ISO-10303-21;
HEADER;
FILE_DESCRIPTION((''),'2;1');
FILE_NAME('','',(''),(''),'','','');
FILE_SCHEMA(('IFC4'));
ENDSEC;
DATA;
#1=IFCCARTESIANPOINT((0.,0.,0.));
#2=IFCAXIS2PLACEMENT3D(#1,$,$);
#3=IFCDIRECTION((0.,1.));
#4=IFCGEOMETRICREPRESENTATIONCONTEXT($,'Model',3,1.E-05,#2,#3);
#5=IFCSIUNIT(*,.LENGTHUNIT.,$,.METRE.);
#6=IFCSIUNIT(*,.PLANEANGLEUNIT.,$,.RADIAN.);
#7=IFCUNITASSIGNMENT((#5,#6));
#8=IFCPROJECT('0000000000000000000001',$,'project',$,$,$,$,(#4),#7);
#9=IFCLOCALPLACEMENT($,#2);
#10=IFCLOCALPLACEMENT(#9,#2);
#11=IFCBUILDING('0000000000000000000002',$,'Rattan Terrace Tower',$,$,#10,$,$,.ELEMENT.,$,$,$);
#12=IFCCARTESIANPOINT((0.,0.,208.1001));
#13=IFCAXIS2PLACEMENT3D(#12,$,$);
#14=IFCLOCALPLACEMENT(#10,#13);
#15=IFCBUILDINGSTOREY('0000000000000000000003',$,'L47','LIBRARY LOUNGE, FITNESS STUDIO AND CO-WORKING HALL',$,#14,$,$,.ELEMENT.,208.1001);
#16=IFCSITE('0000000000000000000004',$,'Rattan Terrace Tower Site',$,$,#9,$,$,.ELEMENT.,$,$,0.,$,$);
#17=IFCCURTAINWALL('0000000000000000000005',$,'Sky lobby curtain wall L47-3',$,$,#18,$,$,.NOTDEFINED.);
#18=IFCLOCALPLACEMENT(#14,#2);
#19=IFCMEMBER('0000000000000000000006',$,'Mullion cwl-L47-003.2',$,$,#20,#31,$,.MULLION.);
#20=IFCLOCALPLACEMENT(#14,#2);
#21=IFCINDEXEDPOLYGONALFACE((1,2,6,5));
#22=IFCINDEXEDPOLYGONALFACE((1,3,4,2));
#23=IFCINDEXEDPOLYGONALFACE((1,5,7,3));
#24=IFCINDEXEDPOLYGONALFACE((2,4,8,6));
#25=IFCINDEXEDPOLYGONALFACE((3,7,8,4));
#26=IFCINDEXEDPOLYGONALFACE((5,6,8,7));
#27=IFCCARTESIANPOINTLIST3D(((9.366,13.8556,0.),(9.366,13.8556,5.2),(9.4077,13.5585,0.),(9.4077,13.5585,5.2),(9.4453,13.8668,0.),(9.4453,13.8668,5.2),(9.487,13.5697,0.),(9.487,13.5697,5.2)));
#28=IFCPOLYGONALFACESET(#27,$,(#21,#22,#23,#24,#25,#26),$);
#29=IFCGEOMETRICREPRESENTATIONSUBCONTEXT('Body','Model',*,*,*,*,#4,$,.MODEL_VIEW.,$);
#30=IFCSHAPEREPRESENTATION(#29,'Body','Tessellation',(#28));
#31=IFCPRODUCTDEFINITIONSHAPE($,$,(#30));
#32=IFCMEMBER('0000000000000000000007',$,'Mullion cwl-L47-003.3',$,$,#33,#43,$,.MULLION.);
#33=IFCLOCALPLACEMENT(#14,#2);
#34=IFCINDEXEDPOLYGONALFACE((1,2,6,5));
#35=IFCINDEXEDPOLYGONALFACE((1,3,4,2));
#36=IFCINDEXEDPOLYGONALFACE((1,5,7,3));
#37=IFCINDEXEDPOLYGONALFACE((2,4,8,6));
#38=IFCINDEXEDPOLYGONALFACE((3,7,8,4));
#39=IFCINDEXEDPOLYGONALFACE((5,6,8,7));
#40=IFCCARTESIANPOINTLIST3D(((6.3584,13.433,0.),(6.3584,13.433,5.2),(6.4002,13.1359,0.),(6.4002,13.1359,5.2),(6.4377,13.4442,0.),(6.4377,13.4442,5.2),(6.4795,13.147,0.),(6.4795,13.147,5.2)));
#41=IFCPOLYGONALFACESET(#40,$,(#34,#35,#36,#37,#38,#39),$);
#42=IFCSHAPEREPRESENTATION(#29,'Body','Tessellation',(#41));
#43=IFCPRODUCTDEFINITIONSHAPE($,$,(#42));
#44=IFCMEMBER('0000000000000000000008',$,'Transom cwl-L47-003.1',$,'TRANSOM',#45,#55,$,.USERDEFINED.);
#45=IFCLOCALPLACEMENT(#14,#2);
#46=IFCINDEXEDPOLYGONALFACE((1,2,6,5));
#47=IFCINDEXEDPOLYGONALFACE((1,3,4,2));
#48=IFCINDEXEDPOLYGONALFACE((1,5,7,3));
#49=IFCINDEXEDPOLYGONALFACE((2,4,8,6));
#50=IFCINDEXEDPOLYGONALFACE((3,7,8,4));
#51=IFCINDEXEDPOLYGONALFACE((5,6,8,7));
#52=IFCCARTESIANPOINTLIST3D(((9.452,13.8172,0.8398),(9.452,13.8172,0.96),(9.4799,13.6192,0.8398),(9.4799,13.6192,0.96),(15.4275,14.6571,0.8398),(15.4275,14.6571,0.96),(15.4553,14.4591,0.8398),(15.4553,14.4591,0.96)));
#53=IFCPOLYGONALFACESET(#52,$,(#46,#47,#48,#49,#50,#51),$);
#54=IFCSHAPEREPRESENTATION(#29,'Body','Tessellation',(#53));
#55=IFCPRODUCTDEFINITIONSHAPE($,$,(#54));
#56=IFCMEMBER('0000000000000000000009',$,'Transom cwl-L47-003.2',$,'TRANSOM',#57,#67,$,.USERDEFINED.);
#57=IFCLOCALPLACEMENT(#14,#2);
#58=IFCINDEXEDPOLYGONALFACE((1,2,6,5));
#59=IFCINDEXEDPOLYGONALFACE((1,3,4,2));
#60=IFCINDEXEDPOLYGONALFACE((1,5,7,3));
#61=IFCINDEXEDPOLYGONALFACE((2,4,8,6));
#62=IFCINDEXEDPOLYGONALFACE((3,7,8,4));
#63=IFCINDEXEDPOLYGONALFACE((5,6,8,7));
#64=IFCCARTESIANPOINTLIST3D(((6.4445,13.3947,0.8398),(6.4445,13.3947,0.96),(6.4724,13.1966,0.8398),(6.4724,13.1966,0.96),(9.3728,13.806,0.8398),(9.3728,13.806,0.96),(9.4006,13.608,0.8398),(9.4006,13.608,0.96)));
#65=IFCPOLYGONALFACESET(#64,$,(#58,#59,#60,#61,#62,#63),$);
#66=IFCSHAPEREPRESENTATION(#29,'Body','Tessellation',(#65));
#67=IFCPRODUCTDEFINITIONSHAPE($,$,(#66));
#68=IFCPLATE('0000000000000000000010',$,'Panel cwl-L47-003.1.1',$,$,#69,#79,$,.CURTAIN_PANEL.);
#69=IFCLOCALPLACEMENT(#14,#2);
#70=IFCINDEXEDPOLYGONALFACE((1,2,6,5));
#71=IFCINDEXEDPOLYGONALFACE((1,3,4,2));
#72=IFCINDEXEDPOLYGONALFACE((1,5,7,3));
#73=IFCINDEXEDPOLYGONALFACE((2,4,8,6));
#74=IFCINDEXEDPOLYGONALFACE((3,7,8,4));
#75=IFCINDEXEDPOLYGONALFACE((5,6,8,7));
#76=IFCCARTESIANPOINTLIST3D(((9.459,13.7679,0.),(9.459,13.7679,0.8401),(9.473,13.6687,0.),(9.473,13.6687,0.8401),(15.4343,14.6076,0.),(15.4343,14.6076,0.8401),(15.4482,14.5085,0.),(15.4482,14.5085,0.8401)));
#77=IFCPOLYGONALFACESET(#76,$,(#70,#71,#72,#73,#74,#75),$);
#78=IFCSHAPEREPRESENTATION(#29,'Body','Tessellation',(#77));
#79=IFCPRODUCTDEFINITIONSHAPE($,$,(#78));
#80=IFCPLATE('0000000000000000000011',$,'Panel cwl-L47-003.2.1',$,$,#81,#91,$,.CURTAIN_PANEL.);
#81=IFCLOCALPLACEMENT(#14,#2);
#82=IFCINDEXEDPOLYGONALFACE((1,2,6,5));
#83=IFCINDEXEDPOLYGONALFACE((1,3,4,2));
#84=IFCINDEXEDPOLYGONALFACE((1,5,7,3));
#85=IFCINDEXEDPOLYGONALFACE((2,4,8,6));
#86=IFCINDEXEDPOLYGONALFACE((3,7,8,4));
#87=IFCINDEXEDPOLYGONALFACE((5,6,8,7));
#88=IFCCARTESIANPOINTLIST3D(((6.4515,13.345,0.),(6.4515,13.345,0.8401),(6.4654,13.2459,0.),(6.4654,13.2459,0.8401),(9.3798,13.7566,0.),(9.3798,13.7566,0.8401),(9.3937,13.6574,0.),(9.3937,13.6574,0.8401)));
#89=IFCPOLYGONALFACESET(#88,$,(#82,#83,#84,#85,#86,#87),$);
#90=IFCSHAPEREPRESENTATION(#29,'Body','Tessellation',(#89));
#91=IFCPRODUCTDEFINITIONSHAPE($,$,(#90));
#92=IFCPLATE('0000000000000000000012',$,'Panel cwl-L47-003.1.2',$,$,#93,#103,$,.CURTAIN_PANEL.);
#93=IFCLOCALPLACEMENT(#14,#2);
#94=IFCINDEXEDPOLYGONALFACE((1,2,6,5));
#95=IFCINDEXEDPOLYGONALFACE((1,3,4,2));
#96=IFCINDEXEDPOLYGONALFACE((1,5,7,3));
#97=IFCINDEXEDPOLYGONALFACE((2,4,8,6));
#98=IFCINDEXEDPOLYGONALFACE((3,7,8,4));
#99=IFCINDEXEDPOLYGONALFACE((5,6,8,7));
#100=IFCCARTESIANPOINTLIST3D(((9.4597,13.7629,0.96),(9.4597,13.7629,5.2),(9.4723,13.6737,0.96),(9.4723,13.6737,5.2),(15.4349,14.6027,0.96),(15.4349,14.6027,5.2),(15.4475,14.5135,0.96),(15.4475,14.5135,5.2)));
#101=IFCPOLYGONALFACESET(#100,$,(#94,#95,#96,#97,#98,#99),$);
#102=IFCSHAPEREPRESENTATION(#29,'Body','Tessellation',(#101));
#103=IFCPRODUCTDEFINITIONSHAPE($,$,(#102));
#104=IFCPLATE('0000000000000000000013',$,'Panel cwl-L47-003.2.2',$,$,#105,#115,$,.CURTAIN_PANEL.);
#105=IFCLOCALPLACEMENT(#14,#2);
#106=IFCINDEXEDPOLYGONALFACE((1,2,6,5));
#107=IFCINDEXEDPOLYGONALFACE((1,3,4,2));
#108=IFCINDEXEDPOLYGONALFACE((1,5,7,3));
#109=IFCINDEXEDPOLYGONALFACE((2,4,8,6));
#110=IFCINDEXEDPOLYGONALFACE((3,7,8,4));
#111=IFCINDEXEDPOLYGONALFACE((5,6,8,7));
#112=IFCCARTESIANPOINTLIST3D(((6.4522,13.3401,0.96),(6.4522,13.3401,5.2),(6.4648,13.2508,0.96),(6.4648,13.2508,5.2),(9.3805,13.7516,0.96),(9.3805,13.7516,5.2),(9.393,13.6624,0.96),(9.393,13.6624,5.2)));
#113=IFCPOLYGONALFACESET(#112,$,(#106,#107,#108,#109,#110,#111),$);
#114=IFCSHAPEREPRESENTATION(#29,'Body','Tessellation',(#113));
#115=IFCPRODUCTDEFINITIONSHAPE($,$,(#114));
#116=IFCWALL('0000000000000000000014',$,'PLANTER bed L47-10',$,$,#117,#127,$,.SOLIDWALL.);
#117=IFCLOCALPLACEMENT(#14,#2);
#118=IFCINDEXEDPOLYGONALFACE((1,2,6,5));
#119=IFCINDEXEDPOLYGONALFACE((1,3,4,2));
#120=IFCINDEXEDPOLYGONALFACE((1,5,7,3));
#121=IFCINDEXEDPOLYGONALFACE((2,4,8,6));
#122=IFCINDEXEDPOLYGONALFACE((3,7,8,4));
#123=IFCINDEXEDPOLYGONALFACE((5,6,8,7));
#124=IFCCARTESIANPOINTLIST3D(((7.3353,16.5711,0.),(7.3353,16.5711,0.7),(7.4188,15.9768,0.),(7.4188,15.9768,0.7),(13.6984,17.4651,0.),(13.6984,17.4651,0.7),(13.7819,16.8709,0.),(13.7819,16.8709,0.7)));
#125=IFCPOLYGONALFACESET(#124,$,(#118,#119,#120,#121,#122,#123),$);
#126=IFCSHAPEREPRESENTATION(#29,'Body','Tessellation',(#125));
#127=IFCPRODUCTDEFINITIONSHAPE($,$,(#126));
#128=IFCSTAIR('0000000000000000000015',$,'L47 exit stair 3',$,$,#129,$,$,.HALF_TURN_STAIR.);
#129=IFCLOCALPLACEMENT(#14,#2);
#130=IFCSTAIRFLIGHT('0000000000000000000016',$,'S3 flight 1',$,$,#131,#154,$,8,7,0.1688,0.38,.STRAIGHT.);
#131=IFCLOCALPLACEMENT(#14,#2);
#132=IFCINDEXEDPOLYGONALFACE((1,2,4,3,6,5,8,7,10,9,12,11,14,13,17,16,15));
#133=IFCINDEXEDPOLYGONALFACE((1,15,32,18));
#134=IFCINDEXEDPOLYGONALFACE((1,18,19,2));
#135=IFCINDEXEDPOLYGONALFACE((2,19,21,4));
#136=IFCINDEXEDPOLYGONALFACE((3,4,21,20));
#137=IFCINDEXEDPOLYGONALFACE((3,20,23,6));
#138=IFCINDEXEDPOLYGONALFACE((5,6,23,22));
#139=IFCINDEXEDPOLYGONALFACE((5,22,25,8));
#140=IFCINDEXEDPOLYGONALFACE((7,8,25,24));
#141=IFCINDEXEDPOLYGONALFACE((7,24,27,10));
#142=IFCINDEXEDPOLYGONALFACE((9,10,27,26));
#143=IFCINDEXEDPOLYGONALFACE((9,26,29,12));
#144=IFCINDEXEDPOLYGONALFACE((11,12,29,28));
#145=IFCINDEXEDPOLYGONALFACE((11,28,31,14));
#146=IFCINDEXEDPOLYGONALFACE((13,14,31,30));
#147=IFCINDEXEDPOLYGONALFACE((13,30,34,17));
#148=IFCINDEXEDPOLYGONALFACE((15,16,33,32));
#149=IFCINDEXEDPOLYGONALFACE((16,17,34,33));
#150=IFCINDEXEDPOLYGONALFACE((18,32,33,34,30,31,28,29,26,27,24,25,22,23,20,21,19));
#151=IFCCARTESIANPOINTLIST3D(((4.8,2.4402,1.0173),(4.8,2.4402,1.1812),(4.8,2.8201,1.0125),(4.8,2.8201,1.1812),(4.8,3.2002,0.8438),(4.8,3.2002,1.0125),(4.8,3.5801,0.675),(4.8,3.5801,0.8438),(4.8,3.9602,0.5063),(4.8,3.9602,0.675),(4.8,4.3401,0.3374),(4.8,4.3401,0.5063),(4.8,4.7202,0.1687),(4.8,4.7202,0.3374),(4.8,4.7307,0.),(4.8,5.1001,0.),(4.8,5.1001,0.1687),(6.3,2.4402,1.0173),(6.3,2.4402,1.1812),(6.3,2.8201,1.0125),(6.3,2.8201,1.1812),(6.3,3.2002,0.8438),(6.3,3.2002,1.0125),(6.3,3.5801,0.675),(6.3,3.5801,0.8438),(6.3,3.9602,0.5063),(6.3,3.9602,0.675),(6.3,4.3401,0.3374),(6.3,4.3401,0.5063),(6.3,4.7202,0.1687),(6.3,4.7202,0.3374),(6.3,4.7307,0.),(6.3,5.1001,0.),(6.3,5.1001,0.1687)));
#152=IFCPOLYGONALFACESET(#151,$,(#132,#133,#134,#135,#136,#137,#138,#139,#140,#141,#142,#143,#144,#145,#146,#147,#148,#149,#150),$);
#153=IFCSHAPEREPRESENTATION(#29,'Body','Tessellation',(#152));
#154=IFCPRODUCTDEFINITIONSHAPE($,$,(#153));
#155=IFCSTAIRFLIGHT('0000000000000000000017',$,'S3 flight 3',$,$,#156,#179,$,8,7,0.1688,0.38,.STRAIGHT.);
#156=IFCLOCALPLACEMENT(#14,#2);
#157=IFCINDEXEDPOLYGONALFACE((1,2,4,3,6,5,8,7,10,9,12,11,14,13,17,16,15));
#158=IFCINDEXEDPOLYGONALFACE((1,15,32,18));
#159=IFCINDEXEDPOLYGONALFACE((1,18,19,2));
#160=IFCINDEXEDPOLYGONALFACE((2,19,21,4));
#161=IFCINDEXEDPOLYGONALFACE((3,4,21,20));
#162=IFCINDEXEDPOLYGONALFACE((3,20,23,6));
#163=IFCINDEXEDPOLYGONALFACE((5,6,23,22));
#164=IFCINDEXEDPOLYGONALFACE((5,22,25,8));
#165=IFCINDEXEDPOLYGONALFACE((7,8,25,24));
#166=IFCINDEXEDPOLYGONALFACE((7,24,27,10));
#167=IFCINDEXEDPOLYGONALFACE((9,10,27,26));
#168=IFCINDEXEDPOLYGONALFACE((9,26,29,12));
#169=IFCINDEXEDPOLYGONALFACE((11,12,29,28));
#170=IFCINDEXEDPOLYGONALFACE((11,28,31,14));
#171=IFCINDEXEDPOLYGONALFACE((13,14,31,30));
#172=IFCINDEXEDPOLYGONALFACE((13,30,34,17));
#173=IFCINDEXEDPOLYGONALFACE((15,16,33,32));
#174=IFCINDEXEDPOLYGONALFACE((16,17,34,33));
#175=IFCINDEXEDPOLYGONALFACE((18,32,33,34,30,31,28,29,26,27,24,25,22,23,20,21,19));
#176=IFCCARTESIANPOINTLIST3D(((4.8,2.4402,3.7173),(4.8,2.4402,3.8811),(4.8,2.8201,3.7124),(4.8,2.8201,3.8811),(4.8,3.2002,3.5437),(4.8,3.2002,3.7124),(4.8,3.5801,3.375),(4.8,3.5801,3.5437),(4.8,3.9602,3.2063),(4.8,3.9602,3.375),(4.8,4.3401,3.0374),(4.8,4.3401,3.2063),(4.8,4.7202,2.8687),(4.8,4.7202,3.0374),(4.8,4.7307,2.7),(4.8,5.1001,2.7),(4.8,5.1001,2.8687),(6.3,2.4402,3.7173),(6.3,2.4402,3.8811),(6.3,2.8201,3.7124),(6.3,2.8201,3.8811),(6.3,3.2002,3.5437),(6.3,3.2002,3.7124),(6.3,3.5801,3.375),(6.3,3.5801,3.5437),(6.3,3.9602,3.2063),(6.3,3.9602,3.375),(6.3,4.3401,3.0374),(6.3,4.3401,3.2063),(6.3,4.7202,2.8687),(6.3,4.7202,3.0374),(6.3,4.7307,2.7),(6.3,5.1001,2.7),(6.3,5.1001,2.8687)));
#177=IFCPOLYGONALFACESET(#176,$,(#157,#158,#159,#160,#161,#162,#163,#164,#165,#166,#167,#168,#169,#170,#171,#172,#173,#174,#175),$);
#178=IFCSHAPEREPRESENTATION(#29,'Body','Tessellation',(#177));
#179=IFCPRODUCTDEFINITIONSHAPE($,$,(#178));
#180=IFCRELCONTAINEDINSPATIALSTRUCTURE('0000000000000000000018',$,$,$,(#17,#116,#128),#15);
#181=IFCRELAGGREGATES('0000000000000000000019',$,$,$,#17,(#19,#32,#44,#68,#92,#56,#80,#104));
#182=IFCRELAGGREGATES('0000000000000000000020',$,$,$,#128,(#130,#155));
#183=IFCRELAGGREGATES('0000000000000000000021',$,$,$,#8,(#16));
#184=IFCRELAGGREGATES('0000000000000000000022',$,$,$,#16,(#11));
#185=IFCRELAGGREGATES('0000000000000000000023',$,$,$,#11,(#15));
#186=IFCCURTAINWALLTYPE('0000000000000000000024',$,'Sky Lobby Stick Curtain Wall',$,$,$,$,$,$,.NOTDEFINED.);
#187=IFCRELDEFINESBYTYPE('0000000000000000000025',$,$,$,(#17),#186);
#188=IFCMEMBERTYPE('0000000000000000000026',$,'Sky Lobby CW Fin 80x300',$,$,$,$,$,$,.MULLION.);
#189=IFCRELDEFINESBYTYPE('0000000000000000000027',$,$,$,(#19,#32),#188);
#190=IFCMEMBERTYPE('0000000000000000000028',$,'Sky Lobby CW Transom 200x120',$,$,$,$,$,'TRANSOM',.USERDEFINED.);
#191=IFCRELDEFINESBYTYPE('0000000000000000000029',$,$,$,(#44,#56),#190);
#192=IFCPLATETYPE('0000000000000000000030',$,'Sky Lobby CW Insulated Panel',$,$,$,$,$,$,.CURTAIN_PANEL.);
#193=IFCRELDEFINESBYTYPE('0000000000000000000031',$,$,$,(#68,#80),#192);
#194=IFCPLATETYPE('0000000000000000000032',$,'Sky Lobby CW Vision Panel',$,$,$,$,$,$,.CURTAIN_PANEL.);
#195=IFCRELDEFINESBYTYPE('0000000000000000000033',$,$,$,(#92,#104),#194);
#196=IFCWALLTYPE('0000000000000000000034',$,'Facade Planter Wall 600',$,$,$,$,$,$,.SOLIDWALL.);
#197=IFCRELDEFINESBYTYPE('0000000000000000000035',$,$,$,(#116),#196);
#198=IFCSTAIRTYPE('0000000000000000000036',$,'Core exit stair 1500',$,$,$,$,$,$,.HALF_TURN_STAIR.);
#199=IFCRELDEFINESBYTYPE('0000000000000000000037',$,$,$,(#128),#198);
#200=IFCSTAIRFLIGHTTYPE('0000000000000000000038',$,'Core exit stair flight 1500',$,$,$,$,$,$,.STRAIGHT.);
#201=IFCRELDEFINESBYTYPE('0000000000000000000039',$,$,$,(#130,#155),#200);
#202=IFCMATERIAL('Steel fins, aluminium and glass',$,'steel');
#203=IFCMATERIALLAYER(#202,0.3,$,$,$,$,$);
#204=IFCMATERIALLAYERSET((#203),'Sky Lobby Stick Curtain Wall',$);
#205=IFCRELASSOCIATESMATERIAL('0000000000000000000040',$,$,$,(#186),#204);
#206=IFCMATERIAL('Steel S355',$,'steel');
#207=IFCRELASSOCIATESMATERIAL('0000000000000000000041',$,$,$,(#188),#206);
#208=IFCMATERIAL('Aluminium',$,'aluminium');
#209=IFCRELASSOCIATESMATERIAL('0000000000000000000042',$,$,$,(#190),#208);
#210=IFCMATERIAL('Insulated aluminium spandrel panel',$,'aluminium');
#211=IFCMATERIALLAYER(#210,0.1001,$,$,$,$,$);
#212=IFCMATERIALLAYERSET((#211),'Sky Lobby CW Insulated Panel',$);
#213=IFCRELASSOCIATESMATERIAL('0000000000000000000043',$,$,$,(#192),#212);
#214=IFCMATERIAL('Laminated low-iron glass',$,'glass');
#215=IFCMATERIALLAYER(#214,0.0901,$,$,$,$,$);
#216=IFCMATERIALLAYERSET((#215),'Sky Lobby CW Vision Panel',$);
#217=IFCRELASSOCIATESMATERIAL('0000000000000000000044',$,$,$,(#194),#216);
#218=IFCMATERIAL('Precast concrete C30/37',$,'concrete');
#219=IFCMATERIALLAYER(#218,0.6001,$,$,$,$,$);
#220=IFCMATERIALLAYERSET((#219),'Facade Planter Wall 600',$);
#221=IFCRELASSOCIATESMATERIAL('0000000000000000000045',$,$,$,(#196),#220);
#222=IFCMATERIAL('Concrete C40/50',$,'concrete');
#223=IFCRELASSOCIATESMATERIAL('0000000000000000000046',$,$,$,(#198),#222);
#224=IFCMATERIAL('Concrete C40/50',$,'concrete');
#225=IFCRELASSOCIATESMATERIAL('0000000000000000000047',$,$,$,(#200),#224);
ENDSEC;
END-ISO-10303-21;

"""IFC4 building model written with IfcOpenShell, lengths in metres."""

from ifc_helpers import new_model, si_unit, direction, frame, frame_2d, origin, origin_2d, place, context, subcontext, project, spatial, polyline, rectangle, outline, extrude, material, layer, layer_set, material_profile, profile_set, type_object, element, aggregate, save


model = new_model("IFC4")

# Units and contexts
model_context = context("Model", 3, precision=1e-05, world=origin(), true_north=direction((0.0, 1.0)))
body_context = subcontext(model_context, "Body", "Model", "MODEL_VIEW")
ifc_project = project(units=[si_unit("LENGTHUNIT", "METRE"), si_unit("PLANEANGLEUNIT", "RADIAN")], contexts=[model_context])

# Site, building, storey
site_placement = place(None, origin())
site = spatial("IfcSite", under=ifc_project, at=site_placement, Name="Rattan Terrace Tower Site", CompositionType="ELEMENT", RefElevation=0.0)
building_placement = place(site_placement, origin())
building = spatial("IfcBuilding", under=site, at=building_placement, Name="Rattan Terrace Tower", CompositionType="ELEMENT")
storey_placement = place(building_placement, frame((0.0, 0.0, 208.1001)))
storey = spatial("IfcBuildingStorey", under=building, at=storey_placement, Name="L47", Description="LIBRARY LOUNGE, FITNESS STUDIO AND CO-WORKING HALL", CompositionType="ELEMENT", Elevation=208.1001)

# Curtain wall, members, plates
ifc_material_1 = material(Name="Steel fins, aluminium and glass", Category="steel")
ifc_layer_1 = layer(ifc_material_1, 0.3)
ifc_layer_set_1 = layer_set([ifc_layer_1], Name="Sky Lobby Stick Curtain Wall")
curtain_wall_type = type_object("IfcCurtainWallType", Name="Sky Lobby Stick Curtain Wall", PredefinedType="NOTDEFINED", material=ifc_layer_set_1)
curtain_wall_placement = place(storey_placement, origin())
curtain_wall = element("IfcCurtainWall", 1, at=curtain_wall_placement, inside=storey, type_object=curtain_wall_type, Name="Sky lobby curtain wall L47-3", PredefinedType="NOTDEFINED")
ifc_material_2 = material(Name="Steel S355", Category="steel")
ifc_material_profile_1 = material_profile(ifc_material_2, rectangle(XDim=0.0801, YDim=0.3, at=origin_2d()), Name="Steel S355 80x300")
ifc_profile_set_1 = profile_set([ifc_material_profile_1], Name="Steel S355")
member_type_1 = type_object("IfcMemberType", Name="Sky Lobby CW Fin 80x300", PredefinedType="MULLION", material=ifc_profile_set_1)
member_1_placement = place(storey_placement, frame((9.4265, 13.7126, 0.0), z_axis=(0.0, 0.0, 1.0), x_axis=(-0.990267, -0.139177, 0.0)))
member_1 = element("IfcMember", 2, at=member_1_placement, type_object=member_type_1, Name="Mullion cwl-L47-003.2", PredefinedType="MULLION", context=body_context, shape_type="SweptSolid", body=[
    extrude(rectangle(XDim=0.0801, YDim=0.3, at=origin_2d()), origin(), (0.0, 0.0, 1.0), 5.2),
])
member_2_placement = place(storey_placement, frame((6.4189, 13.29, 0.0), z_axis=(0.0, 0.0, 1.0), x_axis=(-0.990267, -0.139177, 0.0)))
member_2 = element("IfcMember", 3, at=member_2_placement, type_object=member_type_1, Name="Mullion cwl-L47-003.3", PredefinedType="MULLION", context=body_context, shape_type="SweptSolid", body=[
    extrude(rectangle(XDim=0.0801, YDim=0.3, at=origin_2d()), origin(), (0.0, 0.0, 1.0), 5.2),
])
ifc_material_3 = material(Name="Aluminium", Category="aluminium")
ifc_material_profile_2 = material_profile(ifc_material_3, rectangle(XDim=0.2, YDim=0.1201, at=origin_2d()), Name="Aluminium 200x120")
ifc_profile_set_2 = profile_set([ifc_material_profile_2], Name="Aluminium")
member_type_2 = type_object("IfcMemberType", Name="Sky Lobby CW Transom 200x120", ElementType="TRANSOM", PredefinedType="USERDEFINED", material=ifc_profile_set_2)
member_3_placement = place(storey_placement, frame((15.4414, 14.5581, 0.8999), z_axis=(-0.990267, -0.139184, 0.0), x_axis=(0.139184, -0.990267, 0.0)))
member_3 = element("IfcMember", 4, at=member_3_placement, type_object=member_type_2, Name="Transom cwl-L47-003.1", ObjectType="TRANSOM", PredefinedType="USERDEFINED", context=body_context, shape_type="SweptSolid", body=[
    extrude(rectangle(XDim=0.2, YDim=0.1201, at=origin_2d()), origin(), (0.0, 0.0, 1.0), 6.0342),
])
member_4_placement = place(storey_placement, frame((9.3867, 13.707, 0.8999), z_axis=(-0.990275, -0.139121, 0.0), x_axis=(0.139121, -0.990275, 0.0)))
member_4 = element("IfcMember", 5, at=member_4_placement, type_object=member_type_2, Name="Transom cwl-L47-003.2", ObjectType="TRANSOM", PredefinedType="USERDEFINED", context=body_context, shape_type="SweptSolid", body=[
    extrude(rectangle(XDim=0.2, YDim=0.1201, at=origin_2d()), origin(), (0.0, 0.0, 1.0), 2.957),
])
ifc_material_4 = material(Name="Insulated aluminium spandrel panel", Category="aluminium")
ifc_layer_2 = layer(ifc_material_4, 0.1001)
ifc_layer_set_2 = layer_set([ifc_layer_2], Name="Sky Lobby CW Insulated Panel")
plate_type_1 = type_object("IfcPlateType", Name="Sky Lobby CW Insulated Panel", PredefinedType="CURTAIN_PANEL", material=ifc_layer_set_2)
plate_1_placement = place(storey_placement, frame((12.4536, 14.1382, 0.0), z_axis=(0.0, 0.0, 1.0), x_axis=(-0.990267, -0.139177, 0.0)))
plate_1 = element("IfcPlate", 6, at=plate_1_placement, type_object=plate_type_1, Name="Panel cwl-L47-003.1.1", PredefinedType="CURTAIN_PANEL", context=body_context, shape_type="SweptSolid", body=[
    extrude(rectangle(XDim=6.0339, YDim=0.1001, at=origin_2d()), origin(), (0.0, 0.0, 1.0), 0.8401),
])
plate_2_placement = place(storey_placement, frame((7.9226, 13.5012, 0.0), z_axis=(0.0, 0.0, 1.0), x_axis=(-0.990267, -0.139177, 0.0)))
plate_2 = element("IfcPlate", 7, at=plate_2_placement, type_object=plate_type_1, Name="Panel cwl-L47-003.2.1", PredefinedType="CURTAIN_PANEL", context=body_context, shape_type="SweptSolid", body=[
    extrude(rectangle(XDim=2.957, YDim=0.1001, at=origin_2d()), origin(), (0.0, 0.0, 1.0), 0.8401),
])
ifc_material_5 = material(Name="Laminated low-iron glass", Category="glass")
ifc_layer_3 = layer(ifc_material_5, 0.0901)
ifc_layer_set_3 = layer_set([ifc_layer_3], Name="Sky Lobby CW Vision Panel")
plate_type_2 = type_object("IfcPlateType", Name="Sky Lobby CW Vision Panel", PredefinedType="CURTAIN_PANEL", material=ifc_layer_set_3)
plate_3_placement = place(storey_placement, frame((12.4536, 14.1382, 0.96), z_axis=(0.0, 0.0, 1.0), x_axis=(-0.990267, -0.139177, 0.0)))
plate_3 = element("IfcPlate", 8, at=plate_3_placement, type_object=plate_type_2, Name="Panel cwl-L47-003.1.2", PredefinedType="CURTAIN_PANEL", context=body_context, shape_type="SweptSolid", body=[
    extrude(rectangle(XDim=6.0339, YDim=0.0901, at=origin_2d()), origin(), (0.0, 0.0, 1.0), 4.24),
])
plate_4_placement = place(storey_placement, frame((7.9226, 13.5012, 0.96), z_axis=(0.0, 0.0, 1.0), x_axis=(-0.990267, -0.139177, 0.0)))
plate_4 = element("IfcPlate", 9, at=plate_4_placement, type_object=plate_type_2, Name="Panel cwl-L47-003.2.2", PredefinedType="CURTAIN_PANEL", context=body_context, shape_type="SweptSolid", body=[
    extrude(rectangle(XDim=2.957, YDim=0.0901, at=origin_2d()), origin(), (0.0, 0.0, 1.0), 4.24),
])
aggregate(curtain_wall, [member_1, member_2, member_3, plate_1, plate_3, member_4, plate_2, plate_4])

# Wall
ifc_material_6 = material(Name="Precast concrete C30/37", Category="concrete")
ifc_layer_4 = layer(ifc_material_6, 0.6001)
ifc_layer_set_4 = layer_set([ifc_layer_4], Name="Facade Planter Wall 600")
wall_type_1 = type_object("IfcWallType", Name="Facade Planter Wall 600", PredefinedType="SOLIDWALL", material=ifc_layer_set_4)
wall_1_placement = place(storey_placement, frame((7.377, 16.2739, 0.0), z_axis=(0.0, 0.0, 1.0), x_axis=(0.990273, 0.139139, 0.0)))
element("IfcWall", 10, at=wall_1_placement, inside=storey, type_object=wall_type_1, Name="PLANTER bed L47-10", PredefinedType="SOLIDWALL", context=body_context, shape_type="SweptSolid", body=[
    extrude(rectangle(XDim=6.4255, YDim=0.6001, at=frame_2d((3.2129, 0.0))), origin(), (0.0, 0.0, 1.0), 0.7),
])

# Stair, stair flights
ifc_material_7 = material(Name="Concrete C40/50", Category="concrete")
stair_type = type_object("IfcStairType", Name="Core exit stair 1500", PredefinedType="HALF_TURN_STAIR", material=ifc_material_7)
stair_placement = place(storey_placement, origin())
stair = element("IfcStair", 11, at=stair_placement, inside=storey, type_object=stair_type, Name="L47 exit stair 3", PredefinedType="HALF_TURN_STAIR")
ifc_material_8 = material(Name="Concrete C40/50", Category="concrete")
stair_flight_type = type_object("IfcStairFlightType", Name="Core exit stair flight 1500", PredefinedType="STRAIGHT", material=ifc_material_8)
stair_flight_1_placement = place(storey_placement, frame((5.55, 5.1001, 0.0), z_axis=(0.0, 0.0, 1.0), x_axis=(0.0, -1.0, 0.0)))
stair_flight_1 = element("IfcStairFlight", 12, at=stair_flight_1_placement, type_object=stair_flight_type, Name="S3 flight 1", NumberOfRisers=8, NumberOfTreads=7, PredefinedType="STRAIGHT", RiserHeight=0.1688, TreadLength=0.38, context=body_context, shape_type="SweptSolid", body=[
    extrude(outline(polyline([(0.0, 0.0), (0.0, 0.1687), (0.3799, 0.1687), (0.3799, 0.3374), (0.76, 0.3374), (0.76, 0.5063), (1.1399, 0.5063), (1.1399, 0.675), (1.52, 0.675), (1.52, 0.8438), (1.8999, 0.8438), (1.8999, 1.0125), (2.28, 1.0125), (2.28, 1.1812), (2.6599, 1.1812), (2.6599, 1.3501), (2.6599, 1.0173), (0.3694, 0.0), (0.0, 0.0)])), frame((0.0, 0.75, 0.0), z_axis=(0.0, -1.0, 0.0), x_axis=(1.0, 0.0, 0.0)), (0.0, 0.0, 1.0), 1.5),
])
stair_flight_2_placement = place(storey_placement, frame((5.55, 5.1001, 2.7), z_axis=(0.0, 0.0, 1.0), x_axis=(0.0, -1.0, 0.0)))
stair_flight_2 = element("IfcStairFlight", 13, at=stair_flight_2_placement, type_object=stair_flight_type, Name="S3 flight 3", NumberOfRisers=8, NumberOfTreads=7, PredefinedType="STRAIGHT", RiserHeight=0.1688, TreadLength=0.38, context=body_context, shape_type="SweptSolid", body=[
    extrude(outline(polyline([(0.0, 0.0), (0.0, 0.1687), (0.3799, 0.1687), (0.3799, 0.3374), (0.76, 0.3374), (0.76, 0.5063), (1.1399, 0.5063), (1.1399, 0.675), (1.52, 0.675), (1.52, 0.8438), (1.8999, 0.8438), (1.8999, 1.0125), (2.28, 1.0125), (2.28, 1.1812), (2.6599, 1.1812), (2.6599, 1.3501), (2.6599, 1.0173), (0.3694, 0.0), (0.0, 0.0)])), frame((0.0, 0.75, 0.0), z_axis=(0.0, -1.0, 0.0), x_axis=(1.0, 0.0, 0.0)), (0.0, 0.0, 1.0), 1.5),
])
aggregate(stair, [stair_flight_1, stair_flight_2])

save(model, "model.ifc")
